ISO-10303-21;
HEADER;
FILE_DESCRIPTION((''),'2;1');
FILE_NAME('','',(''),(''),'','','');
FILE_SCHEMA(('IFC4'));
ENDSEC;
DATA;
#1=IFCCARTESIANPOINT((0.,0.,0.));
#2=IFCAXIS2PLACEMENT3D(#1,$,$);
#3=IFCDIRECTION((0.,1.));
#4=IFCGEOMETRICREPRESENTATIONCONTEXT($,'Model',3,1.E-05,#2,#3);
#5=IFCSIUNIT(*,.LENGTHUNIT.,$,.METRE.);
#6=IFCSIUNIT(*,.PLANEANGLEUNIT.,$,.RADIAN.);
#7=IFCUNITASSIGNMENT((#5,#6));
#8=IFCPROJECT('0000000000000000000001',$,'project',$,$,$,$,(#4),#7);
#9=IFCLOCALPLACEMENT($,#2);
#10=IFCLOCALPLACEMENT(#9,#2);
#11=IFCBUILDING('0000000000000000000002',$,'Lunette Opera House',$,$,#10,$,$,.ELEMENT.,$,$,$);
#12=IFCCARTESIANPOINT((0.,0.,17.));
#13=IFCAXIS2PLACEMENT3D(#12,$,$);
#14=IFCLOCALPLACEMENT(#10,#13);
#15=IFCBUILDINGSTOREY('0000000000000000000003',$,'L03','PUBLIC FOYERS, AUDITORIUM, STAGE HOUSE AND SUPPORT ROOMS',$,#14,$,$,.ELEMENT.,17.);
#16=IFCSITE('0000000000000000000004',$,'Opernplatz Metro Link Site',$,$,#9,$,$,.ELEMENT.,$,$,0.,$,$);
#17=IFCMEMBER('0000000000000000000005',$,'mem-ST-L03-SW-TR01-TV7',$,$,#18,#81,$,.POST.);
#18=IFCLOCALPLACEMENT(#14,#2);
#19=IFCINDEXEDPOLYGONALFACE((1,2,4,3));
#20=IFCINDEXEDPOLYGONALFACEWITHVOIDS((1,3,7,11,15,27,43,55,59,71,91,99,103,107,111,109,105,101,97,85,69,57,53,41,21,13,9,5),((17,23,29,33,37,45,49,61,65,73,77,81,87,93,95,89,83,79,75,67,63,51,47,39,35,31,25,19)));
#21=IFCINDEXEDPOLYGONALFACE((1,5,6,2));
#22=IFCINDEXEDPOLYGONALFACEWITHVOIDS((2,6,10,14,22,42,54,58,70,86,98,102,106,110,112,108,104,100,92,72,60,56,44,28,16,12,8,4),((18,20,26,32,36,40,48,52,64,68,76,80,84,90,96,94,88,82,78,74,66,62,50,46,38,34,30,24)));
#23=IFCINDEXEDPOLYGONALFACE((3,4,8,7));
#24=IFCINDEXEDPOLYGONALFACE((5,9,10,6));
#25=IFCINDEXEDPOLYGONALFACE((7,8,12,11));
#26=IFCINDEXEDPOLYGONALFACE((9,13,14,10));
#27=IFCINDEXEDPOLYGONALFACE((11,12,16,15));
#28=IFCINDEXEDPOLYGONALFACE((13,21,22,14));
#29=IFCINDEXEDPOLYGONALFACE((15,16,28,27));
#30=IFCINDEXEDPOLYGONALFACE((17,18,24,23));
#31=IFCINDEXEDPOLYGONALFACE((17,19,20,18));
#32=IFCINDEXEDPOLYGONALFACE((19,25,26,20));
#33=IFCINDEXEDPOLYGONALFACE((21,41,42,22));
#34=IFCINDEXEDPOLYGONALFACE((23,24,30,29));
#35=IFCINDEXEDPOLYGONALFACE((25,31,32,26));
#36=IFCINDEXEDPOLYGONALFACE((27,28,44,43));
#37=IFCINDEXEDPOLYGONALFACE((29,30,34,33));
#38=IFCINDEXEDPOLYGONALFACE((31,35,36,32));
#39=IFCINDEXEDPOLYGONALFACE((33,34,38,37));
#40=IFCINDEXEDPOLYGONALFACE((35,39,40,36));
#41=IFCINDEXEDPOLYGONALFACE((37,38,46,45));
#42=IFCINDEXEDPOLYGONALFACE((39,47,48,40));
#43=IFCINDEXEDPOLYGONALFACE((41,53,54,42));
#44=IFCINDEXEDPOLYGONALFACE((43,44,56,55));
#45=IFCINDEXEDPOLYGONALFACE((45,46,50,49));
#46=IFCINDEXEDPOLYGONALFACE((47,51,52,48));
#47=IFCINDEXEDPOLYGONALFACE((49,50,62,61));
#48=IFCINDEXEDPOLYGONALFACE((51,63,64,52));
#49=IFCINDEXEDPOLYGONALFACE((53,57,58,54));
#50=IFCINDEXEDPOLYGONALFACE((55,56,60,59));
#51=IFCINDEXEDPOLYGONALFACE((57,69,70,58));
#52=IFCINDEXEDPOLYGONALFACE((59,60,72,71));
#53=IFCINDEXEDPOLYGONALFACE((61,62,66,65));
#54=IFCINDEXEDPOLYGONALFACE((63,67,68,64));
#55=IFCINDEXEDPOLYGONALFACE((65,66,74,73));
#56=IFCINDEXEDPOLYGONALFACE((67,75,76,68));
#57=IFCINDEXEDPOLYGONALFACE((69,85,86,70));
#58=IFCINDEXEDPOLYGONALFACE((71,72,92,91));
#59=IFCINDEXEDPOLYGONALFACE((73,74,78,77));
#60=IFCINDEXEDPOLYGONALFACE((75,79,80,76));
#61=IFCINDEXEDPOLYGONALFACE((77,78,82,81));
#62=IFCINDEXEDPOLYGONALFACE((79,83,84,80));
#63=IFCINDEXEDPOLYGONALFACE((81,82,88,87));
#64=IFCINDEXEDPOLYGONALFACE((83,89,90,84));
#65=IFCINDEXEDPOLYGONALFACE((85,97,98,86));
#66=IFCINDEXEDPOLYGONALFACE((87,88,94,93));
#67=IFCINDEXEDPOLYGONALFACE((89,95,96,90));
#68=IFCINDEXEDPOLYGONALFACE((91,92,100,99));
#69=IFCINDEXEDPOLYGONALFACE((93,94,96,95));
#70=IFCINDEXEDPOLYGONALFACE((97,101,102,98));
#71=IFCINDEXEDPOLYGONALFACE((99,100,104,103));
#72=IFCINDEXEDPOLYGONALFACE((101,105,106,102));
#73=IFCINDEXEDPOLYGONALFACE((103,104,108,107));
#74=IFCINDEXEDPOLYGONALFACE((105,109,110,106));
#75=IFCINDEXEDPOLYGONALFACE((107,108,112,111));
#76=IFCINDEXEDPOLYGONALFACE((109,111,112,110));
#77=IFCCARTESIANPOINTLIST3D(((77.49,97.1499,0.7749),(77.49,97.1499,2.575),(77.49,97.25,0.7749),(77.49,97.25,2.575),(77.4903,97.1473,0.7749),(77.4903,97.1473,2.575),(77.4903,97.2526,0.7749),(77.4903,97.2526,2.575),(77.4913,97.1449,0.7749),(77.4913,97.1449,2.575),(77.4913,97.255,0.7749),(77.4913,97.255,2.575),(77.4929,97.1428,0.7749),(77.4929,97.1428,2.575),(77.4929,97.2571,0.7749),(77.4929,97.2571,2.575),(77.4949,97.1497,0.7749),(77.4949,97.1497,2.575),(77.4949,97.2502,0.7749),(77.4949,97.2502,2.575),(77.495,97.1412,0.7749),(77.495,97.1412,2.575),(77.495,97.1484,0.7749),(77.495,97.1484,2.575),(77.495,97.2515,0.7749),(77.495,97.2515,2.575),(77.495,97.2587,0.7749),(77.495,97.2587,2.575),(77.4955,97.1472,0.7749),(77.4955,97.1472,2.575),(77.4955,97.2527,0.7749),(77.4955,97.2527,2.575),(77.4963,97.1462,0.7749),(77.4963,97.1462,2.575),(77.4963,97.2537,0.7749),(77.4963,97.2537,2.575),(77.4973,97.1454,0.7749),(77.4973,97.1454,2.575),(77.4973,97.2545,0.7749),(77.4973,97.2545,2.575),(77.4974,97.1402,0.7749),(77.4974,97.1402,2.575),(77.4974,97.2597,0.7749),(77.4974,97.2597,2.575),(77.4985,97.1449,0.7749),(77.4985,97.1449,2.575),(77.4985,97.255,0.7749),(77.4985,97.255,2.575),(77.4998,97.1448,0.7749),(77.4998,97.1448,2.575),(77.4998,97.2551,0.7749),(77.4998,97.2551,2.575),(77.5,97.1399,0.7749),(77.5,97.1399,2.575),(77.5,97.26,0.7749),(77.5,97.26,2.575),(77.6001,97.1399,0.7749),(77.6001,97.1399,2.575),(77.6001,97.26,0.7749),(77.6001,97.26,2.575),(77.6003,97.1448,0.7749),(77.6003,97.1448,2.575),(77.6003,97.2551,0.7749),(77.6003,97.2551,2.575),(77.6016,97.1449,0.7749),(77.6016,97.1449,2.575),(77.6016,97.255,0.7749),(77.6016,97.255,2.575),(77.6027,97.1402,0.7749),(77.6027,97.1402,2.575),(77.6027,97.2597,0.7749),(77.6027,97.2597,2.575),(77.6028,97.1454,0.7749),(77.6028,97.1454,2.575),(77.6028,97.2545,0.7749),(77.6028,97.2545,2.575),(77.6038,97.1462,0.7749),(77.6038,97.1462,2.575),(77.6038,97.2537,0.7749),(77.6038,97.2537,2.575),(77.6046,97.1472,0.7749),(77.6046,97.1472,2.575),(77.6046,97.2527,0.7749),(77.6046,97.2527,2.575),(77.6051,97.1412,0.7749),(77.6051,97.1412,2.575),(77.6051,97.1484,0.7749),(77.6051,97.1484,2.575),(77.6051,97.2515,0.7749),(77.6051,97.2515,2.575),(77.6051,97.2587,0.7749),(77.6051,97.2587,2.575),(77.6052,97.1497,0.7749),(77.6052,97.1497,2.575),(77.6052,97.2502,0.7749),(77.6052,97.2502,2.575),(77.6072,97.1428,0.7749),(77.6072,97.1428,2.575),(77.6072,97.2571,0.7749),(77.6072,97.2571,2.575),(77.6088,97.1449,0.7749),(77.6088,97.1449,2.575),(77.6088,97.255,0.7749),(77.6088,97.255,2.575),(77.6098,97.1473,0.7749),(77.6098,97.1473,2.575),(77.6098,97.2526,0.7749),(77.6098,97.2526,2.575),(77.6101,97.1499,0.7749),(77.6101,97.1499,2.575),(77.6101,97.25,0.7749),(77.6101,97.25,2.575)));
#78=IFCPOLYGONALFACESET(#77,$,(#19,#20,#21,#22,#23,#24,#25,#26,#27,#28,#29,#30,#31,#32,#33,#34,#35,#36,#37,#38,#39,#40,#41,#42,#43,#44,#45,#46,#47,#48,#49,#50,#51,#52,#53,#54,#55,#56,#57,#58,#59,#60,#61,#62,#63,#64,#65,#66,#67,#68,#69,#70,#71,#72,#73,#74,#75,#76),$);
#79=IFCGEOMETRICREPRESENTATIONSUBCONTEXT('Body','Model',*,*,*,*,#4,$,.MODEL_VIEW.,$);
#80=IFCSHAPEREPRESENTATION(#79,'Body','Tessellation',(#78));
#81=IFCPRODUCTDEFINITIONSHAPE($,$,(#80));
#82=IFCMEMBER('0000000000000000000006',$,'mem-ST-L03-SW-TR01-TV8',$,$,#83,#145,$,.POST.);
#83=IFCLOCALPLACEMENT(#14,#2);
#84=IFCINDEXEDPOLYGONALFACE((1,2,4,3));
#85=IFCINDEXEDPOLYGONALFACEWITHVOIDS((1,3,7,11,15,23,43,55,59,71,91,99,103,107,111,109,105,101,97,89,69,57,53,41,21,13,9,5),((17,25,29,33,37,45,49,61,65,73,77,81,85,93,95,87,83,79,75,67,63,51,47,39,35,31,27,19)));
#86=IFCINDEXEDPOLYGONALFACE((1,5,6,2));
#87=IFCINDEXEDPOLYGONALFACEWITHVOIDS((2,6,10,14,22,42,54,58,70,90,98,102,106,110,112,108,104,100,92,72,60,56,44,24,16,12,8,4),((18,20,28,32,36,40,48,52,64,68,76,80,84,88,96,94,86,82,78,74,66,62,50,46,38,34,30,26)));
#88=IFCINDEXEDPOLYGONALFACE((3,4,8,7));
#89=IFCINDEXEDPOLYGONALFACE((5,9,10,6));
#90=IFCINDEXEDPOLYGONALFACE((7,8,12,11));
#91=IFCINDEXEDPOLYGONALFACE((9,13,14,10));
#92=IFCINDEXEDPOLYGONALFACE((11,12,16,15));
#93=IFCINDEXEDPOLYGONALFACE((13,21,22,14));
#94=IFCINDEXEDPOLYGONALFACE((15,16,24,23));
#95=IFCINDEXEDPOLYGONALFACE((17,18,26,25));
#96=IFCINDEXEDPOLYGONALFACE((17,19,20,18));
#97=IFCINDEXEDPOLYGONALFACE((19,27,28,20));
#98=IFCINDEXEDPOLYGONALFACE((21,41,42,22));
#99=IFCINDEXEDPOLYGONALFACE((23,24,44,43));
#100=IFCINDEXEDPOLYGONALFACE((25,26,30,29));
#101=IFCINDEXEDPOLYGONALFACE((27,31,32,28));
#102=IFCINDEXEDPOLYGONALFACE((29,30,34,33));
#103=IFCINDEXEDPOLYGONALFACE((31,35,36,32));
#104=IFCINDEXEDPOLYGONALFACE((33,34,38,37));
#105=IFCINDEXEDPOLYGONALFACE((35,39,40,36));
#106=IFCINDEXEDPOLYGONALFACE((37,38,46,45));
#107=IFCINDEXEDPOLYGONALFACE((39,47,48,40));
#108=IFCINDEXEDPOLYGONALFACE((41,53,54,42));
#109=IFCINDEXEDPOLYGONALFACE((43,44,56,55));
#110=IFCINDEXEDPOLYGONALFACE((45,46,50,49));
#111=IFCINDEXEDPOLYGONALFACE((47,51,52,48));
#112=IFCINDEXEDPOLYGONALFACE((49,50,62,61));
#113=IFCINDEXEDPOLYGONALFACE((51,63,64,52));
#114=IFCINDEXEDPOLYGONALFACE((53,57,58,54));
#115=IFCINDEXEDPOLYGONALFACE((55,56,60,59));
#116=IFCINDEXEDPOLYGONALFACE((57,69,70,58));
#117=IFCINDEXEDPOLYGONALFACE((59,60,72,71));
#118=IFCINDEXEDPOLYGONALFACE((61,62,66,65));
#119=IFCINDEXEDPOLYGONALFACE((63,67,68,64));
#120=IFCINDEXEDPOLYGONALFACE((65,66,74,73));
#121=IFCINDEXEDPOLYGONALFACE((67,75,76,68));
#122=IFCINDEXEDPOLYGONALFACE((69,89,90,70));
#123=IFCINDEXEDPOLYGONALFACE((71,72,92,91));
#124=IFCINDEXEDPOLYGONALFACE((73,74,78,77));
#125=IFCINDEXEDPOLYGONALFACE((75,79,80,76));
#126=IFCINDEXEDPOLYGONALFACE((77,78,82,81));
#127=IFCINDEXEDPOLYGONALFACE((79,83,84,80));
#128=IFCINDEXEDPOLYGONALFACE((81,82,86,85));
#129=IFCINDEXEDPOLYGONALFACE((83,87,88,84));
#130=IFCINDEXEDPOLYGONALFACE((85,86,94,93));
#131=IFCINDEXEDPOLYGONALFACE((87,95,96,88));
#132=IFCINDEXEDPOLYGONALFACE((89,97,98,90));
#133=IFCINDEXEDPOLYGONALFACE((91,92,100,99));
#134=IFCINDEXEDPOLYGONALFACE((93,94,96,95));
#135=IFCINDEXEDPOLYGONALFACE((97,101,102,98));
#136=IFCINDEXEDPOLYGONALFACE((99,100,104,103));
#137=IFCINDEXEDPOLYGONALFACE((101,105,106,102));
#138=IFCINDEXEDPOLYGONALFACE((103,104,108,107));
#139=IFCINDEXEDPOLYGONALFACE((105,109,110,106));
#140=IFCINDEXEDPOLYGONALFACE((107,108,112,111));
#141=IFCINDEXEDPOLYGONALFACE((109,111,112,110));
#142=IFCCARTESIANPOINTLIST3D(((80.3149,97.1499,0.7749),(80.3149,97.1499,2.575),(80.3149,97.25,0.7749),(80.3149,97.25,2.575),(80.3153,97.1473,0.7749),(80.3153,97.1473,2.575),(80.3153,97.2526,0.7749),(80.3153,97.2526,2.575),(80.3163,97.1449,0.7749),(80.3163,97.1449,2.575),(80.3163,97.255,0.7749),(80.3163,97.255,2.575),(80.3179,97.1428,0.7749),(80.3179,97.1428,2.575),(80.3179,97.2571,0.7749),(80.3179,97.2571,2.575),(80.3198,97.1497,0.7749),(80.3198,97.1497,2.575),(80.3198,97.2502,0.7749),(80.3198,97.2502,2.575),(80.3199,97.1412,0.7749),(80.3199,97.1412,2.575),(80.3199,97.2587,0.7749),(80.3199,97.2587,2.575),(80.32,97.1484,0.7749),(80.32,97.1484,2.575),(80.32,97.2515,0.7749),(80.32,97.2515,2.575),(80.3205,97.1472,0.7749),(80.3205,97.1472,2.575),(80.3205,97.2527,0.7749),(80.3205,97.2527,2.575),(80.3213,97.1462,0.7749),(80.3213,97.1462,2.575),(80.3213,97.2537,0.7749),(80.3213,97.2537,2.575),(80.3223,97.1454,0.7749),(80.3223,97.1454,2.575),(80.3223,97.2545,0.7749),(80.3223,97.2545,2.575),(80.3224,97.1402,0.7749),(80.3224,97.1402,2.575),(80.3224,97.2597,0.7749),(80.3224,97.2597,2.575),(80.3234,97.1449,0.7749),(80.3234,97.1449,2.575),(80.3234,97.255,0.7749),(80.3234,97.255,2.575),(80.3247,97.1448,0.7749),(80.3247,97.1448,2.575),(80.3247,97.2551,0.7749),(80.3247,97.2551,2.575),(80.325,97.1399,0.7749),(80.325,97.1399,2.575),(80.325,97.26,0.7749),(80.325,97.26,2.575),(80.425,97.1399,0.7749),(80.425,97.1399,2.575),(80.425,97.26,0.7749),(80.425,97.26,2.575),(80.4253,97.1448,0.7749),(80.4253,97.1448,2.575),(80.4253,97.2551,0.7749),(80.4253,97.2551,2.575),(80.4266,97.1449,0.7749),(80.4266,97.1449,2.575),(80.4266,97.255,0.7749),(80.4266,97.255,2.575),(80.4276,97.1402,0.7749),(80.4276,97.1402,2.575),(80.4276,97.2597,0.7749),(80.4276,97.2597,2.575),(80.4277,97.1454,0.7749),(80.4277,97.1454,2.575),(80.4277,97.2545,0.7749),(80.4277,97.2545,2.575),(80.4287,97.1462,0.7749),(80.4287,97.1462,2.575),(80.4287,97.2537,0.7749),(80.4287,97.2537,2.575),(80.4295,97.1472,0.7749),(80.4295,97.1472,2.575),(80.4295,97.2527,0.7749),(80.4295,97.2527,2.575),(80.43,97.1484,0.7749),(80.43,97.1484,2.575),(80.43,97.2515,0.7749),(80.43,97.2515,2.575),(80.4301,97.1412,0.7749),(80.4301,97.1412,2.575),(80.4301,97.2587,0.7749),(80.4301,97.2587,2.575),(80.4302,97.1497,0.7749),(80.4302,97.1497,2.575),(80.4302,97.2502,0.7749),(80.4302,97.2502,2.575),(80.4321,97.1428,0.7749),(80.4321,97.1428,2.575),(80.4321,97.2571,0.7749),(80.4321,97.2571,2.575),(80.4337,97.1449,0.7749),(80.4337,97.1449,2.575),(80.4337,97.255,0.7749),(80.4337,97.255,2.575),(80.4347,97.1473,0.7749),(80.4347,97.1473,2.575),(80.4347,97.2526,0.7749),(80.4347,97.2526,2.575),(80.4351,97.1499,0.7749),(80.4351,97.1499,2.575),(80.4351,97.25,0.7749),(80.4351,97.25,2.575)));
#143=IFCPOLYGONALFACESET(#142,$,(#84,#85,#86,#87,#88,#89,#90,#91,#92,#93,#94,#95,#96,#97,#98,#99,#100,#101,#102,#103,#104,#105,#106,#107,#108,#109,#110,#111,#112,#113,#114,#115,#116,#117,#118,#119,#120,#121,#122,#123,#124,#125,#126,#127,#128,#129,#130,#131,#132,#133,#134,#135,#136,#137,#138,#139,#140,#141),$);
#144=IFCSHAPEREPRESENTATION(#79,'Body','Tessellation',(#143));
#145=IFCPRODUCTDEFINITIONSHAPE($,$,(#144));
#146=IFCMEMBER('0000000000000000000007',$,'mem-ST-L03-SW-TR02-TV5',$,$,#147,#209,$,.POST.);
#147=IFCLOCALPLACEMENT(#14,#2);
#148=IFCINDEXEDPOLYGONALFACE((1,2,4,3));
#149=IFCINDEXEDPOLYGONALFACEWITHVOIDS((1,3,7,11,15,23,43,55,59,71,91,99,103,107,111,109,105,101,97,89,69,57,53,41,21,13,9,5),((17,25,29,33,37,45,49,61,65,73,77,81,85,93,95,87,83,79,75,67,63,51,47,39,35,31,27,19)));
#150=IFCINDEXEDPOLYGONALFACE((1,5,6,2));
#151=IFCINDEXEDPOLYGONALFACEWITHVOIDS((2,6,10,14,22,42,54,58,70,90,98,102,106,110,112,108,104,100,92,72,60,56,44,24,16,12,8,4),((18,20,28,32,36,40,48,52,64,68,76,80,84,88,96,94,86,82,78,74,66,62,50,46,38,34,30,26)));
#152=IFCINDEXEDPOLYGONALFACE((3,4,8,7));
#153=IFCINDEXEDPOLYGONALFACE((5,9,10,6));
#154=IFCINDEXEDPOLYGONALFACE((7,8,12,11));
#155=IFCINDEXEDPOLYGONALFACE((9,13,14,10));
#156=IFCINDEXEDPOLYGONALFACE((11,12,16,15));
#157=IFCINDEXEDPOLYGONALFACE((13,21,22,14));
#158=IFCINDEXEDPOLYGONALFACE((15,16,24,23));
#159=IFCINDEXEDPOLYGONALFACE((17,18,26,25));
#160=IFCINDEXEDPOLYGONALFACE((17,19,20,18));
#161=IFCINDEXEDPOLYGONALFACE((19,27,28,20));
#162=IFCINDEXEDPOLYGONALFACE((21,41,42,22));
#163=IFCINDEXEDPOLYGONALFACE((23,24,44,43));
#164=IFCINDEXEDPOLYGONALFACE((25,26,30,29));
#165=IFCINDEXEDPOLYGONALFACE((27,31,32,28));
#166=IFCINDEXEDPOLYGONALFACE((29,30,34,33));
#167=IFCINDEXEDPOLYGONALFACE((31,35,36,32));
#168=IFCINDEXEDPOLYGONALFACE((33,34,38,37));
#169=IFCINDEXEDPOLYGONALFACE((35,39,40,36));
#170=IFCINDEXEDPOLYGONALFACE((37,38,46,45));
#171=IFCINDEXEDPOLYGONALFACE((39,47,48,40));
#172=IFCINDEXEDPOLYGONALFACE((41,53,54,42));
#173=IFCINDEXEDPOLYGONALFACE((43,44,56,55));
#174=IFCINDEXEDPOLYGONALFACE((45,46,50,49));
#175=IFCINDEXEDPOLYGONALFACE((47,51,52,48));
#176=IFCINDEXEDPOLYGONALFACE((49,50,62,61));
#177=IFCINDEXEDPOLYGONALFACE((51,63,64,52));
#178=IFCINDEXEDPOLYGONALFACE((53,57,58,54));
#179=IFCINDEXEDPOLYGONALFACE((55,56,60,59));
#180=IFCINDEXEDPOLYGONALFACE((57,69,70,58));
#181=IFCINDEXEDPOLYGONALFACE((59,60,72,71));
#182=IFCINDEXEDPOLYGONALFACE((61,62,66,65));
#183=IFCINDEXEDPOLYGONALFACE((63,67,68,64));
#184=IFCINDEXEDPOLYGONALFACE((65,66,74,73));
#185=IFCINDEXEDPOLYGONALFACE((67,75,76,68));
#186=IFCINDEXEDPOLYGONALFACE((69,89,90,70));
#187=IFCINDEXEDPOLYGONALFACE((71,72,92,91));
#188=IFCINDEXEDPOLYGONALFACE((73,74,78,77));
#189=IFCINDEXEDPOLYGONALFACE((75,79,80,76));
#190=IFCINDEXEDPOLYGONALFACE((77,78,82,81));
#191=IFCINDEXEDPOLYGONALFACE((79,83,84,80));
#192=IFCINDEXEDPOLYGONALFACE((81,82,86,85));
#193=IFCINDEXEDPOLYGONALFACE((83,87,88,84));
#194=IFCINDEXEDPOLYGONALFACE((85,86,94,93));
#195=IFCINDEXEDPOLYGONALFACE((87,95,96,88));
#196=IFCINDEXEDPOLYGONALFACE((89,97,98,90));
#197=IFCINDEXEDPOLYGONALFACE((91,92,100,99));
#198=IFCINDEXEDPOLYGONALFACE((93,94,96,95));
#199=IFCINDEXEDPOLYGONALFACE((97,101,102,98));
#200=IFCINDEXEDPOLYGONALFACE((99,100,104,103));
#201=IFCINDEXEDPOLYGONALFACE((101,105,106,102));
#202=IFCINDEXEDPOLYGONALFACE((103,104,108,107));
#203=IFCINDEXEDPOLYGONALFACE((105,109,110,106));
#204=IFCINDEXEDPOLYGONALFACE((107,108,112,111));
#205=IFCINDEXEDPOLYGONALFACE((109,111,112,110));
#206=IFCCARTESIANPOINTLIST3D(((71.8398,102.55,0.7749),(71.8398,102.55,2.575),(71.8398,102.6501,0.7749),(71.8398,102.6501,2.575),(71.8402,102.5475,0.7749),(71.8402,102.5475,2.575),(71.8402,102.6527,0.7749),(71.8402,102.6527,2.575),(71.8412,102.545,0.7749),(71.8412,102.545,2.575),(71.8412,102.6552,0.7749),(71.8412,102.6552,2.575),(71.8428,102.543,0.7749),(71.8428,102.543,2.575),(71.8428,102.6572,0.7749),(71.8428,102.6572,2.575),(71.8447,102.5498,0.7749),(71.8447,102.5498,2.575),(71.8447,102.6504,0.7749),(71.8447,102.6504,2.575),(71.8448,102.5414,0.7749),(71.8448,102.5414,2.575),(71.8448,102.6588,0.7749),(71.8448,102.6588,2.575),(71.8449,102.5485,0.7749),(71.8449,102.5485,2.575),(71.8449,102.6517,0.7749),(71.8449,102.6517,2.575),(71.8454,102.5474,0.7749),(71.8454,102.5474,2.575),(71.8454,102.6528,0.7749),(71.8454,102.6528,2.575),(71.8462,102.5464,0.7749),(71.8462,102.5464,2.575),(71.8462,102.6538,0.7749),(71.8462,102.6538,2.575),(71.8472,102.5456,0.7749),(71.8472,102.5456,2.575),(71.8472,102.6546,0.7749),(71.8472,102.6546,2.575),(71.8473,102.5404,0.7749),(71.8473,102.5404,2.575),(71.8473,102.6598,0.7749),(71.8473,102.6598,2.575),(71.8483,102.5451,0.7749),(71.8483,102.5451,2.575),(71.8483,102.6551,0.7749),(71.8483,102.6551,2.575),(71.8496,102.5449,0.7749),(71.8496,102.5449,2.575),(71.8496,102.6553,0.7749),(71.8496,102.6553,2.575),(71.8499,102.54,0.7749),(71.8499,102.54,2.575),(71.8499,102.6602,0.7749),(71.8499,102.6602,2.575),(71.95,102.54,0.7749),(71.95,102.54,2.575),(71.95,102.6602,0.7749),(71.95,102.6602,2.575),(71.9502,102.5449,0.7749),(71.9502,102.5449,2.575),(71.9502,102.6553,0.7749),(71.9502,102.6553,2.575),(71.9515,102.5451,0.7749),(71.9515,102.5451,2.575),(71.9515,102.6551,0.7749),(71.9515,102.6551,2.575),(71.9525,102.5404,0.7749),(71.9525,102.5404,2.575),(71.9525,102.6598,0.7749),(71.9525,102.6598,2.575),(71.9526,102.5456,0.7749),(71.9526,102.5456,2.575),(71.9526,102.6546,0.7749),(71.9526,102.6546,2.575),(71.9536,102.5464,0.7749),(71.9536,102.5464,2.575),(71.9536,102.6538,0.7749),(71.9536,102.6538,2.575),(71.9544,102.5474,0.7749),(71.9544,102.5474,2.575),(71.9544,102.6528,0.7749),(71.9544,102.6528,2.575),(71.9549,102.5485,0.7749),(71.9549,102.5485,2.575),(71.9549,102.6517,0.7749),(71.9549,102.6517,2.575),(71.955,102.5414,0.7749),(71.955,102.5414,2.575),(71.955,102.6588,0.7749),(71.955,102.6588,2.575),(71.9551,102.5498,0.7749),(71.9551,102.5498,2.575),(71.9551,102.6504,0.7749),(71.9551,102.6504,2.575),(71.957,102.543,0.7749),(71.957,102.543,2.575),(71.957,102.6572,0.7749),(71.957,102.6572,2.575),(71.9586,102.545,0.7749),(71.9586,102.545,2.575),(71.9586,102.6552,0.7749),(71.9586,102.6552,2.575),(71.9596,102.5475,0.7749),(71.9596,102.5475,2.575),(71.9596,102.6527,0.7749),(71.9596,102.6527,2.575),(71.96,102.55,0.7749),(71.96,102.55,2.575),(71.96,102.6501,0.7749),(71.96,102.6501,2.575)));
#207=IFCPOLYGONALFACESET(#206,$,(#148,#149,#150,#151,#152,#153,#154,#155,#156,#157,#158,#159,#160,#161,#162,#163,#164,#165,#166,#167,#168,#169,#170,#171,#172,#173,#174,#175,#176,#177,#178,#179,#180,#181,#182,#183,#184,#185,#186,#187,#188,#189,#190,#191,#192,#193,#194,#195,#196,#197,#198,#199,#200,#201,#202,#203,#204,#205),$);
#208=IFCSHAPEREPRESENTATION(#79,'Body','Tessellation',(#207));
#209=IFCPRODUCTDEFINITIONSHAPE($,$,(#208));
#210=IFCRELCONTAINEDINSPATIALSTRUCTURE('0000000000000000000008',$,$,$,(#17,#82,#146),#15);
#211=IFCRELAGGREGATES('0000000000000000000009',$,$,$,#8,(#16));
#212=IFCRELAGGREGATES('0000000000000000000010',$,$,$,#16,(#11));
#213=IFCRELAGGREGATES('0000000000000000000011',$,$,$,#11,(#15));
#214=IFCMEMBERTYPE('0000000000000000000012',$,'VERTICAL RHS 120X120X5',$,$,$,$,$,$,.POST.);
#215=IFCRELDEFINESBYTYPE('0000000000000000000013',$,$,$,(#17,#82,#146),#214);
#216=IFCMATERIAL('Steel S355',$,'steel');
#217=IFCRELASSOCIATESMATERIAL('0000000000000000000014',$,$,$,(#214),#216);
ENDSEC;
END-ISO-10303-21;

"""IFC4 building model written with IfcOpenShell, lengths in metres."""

from ifc_helpers import new_model, si_unit, direction, frame, origin, origin_2d, place, context, subcontext, project, spatial, hollow_rectangle, extrude, material, material_profile, profile_set, type_object, element, save


model = new_model("IFC4")

# Units and contexts
model_context = context("Model", 3, precision=1e-05, world=origin(), true_north=direction((0.0, 1.0)))
body_context = subcontext(model_context, "Body", "Model", "MODEL_VIEW")
ifc_project = project(units=[si_unit("LENGTHUNIT", "METRE"), si_unit("PLANEANGLEUNIT", "RADIAN")], contexts=[model_context])

# Site, building, storey
site_placement = place(None, origin())
site = spatial("IfcSite", under=ifc_project, at=site_placement, Name="Opernplatz Metro Link Site", CompositionType="ELEMENT", RefElevation=0.0)
building_placement = place(site_placement, origin())
building = spatial("IfcBuilding", under=site, at=building_placement, Name="Lunette Opera House", CompositionType="ELEMENT")
storey_placement = place(building_placement, frame((0.0, 0.0, 17.0)))
storey = spatial("IfcBuildingStorey", under=building, at=storey_placement, Name="L03", Description="PUBLIC FOYERS, AUDITORIUM, STAGE HOUSE AND SUPPORT ROOMS", CompositionType="ELEMENT", Elevation=17.0)

# Members
ifc_material_1 = material(Name="Steel S355", Category="steel")
ifc_material_profile_1 = material_profile(ifc_material_1, hollow_rectangle(XDim=0.1201, YDim=0.1201, WallThickness=0.0049, InnerFilletRadius=0.0049, OuterFilletRadius=0.01, at=origin_2d()), Name="RHS 120X120X5")
ifc_profile_set_1 = profile_set([ifc_material_profile_1], Name="Steel S355")
member_type_1 = type_object("IfcMemberType", Name="VERTICAL RHS 120X120X5", PredefinedType="POST", material=ifc_profile_set_1)
for number, where, z_axis, x_axis, name in (
    (1, (77.55, 97.2, 0.7749), (0.0, 0.0, 1.0), (1.0, 0.0, 0.0), "mem-ST-L03-SW-TR01-TV7"),
    (2, (80.375, 97.2, 0.7749), (0.0, 0.0, 1.0), (1.0, 0.0, 0.0), "mem-ST-L03-SW-TR01-TV8"),
    (3, (71.8999, 102.6001, 0.7749), (0.0, 0.0, 1.0), (1.0, 0.0, 0.0), "mem-ST-L03-SW-TR02-TV5"),
):
    element("IfcMember", number, at=place(storey_placement, frame(where, z_axis=z_axis, x_axis=x_axis)), inside=storey, type_object=member_type_1, Name=name, PredefinedType="POST", context=body_context, shape_type="SweptSolid", body=[
        extrude(hollow_rectangle(XDim=0.1201, YDim=0.1201, WallThickness=0.0049, InnerFilletRadius=0.0049, OuterFilletRadius=0.01, at=origin_2d()), origin(), (0.0, 0.0, 1.0), 1.8),
    ])

save(model, "model.ifc")
